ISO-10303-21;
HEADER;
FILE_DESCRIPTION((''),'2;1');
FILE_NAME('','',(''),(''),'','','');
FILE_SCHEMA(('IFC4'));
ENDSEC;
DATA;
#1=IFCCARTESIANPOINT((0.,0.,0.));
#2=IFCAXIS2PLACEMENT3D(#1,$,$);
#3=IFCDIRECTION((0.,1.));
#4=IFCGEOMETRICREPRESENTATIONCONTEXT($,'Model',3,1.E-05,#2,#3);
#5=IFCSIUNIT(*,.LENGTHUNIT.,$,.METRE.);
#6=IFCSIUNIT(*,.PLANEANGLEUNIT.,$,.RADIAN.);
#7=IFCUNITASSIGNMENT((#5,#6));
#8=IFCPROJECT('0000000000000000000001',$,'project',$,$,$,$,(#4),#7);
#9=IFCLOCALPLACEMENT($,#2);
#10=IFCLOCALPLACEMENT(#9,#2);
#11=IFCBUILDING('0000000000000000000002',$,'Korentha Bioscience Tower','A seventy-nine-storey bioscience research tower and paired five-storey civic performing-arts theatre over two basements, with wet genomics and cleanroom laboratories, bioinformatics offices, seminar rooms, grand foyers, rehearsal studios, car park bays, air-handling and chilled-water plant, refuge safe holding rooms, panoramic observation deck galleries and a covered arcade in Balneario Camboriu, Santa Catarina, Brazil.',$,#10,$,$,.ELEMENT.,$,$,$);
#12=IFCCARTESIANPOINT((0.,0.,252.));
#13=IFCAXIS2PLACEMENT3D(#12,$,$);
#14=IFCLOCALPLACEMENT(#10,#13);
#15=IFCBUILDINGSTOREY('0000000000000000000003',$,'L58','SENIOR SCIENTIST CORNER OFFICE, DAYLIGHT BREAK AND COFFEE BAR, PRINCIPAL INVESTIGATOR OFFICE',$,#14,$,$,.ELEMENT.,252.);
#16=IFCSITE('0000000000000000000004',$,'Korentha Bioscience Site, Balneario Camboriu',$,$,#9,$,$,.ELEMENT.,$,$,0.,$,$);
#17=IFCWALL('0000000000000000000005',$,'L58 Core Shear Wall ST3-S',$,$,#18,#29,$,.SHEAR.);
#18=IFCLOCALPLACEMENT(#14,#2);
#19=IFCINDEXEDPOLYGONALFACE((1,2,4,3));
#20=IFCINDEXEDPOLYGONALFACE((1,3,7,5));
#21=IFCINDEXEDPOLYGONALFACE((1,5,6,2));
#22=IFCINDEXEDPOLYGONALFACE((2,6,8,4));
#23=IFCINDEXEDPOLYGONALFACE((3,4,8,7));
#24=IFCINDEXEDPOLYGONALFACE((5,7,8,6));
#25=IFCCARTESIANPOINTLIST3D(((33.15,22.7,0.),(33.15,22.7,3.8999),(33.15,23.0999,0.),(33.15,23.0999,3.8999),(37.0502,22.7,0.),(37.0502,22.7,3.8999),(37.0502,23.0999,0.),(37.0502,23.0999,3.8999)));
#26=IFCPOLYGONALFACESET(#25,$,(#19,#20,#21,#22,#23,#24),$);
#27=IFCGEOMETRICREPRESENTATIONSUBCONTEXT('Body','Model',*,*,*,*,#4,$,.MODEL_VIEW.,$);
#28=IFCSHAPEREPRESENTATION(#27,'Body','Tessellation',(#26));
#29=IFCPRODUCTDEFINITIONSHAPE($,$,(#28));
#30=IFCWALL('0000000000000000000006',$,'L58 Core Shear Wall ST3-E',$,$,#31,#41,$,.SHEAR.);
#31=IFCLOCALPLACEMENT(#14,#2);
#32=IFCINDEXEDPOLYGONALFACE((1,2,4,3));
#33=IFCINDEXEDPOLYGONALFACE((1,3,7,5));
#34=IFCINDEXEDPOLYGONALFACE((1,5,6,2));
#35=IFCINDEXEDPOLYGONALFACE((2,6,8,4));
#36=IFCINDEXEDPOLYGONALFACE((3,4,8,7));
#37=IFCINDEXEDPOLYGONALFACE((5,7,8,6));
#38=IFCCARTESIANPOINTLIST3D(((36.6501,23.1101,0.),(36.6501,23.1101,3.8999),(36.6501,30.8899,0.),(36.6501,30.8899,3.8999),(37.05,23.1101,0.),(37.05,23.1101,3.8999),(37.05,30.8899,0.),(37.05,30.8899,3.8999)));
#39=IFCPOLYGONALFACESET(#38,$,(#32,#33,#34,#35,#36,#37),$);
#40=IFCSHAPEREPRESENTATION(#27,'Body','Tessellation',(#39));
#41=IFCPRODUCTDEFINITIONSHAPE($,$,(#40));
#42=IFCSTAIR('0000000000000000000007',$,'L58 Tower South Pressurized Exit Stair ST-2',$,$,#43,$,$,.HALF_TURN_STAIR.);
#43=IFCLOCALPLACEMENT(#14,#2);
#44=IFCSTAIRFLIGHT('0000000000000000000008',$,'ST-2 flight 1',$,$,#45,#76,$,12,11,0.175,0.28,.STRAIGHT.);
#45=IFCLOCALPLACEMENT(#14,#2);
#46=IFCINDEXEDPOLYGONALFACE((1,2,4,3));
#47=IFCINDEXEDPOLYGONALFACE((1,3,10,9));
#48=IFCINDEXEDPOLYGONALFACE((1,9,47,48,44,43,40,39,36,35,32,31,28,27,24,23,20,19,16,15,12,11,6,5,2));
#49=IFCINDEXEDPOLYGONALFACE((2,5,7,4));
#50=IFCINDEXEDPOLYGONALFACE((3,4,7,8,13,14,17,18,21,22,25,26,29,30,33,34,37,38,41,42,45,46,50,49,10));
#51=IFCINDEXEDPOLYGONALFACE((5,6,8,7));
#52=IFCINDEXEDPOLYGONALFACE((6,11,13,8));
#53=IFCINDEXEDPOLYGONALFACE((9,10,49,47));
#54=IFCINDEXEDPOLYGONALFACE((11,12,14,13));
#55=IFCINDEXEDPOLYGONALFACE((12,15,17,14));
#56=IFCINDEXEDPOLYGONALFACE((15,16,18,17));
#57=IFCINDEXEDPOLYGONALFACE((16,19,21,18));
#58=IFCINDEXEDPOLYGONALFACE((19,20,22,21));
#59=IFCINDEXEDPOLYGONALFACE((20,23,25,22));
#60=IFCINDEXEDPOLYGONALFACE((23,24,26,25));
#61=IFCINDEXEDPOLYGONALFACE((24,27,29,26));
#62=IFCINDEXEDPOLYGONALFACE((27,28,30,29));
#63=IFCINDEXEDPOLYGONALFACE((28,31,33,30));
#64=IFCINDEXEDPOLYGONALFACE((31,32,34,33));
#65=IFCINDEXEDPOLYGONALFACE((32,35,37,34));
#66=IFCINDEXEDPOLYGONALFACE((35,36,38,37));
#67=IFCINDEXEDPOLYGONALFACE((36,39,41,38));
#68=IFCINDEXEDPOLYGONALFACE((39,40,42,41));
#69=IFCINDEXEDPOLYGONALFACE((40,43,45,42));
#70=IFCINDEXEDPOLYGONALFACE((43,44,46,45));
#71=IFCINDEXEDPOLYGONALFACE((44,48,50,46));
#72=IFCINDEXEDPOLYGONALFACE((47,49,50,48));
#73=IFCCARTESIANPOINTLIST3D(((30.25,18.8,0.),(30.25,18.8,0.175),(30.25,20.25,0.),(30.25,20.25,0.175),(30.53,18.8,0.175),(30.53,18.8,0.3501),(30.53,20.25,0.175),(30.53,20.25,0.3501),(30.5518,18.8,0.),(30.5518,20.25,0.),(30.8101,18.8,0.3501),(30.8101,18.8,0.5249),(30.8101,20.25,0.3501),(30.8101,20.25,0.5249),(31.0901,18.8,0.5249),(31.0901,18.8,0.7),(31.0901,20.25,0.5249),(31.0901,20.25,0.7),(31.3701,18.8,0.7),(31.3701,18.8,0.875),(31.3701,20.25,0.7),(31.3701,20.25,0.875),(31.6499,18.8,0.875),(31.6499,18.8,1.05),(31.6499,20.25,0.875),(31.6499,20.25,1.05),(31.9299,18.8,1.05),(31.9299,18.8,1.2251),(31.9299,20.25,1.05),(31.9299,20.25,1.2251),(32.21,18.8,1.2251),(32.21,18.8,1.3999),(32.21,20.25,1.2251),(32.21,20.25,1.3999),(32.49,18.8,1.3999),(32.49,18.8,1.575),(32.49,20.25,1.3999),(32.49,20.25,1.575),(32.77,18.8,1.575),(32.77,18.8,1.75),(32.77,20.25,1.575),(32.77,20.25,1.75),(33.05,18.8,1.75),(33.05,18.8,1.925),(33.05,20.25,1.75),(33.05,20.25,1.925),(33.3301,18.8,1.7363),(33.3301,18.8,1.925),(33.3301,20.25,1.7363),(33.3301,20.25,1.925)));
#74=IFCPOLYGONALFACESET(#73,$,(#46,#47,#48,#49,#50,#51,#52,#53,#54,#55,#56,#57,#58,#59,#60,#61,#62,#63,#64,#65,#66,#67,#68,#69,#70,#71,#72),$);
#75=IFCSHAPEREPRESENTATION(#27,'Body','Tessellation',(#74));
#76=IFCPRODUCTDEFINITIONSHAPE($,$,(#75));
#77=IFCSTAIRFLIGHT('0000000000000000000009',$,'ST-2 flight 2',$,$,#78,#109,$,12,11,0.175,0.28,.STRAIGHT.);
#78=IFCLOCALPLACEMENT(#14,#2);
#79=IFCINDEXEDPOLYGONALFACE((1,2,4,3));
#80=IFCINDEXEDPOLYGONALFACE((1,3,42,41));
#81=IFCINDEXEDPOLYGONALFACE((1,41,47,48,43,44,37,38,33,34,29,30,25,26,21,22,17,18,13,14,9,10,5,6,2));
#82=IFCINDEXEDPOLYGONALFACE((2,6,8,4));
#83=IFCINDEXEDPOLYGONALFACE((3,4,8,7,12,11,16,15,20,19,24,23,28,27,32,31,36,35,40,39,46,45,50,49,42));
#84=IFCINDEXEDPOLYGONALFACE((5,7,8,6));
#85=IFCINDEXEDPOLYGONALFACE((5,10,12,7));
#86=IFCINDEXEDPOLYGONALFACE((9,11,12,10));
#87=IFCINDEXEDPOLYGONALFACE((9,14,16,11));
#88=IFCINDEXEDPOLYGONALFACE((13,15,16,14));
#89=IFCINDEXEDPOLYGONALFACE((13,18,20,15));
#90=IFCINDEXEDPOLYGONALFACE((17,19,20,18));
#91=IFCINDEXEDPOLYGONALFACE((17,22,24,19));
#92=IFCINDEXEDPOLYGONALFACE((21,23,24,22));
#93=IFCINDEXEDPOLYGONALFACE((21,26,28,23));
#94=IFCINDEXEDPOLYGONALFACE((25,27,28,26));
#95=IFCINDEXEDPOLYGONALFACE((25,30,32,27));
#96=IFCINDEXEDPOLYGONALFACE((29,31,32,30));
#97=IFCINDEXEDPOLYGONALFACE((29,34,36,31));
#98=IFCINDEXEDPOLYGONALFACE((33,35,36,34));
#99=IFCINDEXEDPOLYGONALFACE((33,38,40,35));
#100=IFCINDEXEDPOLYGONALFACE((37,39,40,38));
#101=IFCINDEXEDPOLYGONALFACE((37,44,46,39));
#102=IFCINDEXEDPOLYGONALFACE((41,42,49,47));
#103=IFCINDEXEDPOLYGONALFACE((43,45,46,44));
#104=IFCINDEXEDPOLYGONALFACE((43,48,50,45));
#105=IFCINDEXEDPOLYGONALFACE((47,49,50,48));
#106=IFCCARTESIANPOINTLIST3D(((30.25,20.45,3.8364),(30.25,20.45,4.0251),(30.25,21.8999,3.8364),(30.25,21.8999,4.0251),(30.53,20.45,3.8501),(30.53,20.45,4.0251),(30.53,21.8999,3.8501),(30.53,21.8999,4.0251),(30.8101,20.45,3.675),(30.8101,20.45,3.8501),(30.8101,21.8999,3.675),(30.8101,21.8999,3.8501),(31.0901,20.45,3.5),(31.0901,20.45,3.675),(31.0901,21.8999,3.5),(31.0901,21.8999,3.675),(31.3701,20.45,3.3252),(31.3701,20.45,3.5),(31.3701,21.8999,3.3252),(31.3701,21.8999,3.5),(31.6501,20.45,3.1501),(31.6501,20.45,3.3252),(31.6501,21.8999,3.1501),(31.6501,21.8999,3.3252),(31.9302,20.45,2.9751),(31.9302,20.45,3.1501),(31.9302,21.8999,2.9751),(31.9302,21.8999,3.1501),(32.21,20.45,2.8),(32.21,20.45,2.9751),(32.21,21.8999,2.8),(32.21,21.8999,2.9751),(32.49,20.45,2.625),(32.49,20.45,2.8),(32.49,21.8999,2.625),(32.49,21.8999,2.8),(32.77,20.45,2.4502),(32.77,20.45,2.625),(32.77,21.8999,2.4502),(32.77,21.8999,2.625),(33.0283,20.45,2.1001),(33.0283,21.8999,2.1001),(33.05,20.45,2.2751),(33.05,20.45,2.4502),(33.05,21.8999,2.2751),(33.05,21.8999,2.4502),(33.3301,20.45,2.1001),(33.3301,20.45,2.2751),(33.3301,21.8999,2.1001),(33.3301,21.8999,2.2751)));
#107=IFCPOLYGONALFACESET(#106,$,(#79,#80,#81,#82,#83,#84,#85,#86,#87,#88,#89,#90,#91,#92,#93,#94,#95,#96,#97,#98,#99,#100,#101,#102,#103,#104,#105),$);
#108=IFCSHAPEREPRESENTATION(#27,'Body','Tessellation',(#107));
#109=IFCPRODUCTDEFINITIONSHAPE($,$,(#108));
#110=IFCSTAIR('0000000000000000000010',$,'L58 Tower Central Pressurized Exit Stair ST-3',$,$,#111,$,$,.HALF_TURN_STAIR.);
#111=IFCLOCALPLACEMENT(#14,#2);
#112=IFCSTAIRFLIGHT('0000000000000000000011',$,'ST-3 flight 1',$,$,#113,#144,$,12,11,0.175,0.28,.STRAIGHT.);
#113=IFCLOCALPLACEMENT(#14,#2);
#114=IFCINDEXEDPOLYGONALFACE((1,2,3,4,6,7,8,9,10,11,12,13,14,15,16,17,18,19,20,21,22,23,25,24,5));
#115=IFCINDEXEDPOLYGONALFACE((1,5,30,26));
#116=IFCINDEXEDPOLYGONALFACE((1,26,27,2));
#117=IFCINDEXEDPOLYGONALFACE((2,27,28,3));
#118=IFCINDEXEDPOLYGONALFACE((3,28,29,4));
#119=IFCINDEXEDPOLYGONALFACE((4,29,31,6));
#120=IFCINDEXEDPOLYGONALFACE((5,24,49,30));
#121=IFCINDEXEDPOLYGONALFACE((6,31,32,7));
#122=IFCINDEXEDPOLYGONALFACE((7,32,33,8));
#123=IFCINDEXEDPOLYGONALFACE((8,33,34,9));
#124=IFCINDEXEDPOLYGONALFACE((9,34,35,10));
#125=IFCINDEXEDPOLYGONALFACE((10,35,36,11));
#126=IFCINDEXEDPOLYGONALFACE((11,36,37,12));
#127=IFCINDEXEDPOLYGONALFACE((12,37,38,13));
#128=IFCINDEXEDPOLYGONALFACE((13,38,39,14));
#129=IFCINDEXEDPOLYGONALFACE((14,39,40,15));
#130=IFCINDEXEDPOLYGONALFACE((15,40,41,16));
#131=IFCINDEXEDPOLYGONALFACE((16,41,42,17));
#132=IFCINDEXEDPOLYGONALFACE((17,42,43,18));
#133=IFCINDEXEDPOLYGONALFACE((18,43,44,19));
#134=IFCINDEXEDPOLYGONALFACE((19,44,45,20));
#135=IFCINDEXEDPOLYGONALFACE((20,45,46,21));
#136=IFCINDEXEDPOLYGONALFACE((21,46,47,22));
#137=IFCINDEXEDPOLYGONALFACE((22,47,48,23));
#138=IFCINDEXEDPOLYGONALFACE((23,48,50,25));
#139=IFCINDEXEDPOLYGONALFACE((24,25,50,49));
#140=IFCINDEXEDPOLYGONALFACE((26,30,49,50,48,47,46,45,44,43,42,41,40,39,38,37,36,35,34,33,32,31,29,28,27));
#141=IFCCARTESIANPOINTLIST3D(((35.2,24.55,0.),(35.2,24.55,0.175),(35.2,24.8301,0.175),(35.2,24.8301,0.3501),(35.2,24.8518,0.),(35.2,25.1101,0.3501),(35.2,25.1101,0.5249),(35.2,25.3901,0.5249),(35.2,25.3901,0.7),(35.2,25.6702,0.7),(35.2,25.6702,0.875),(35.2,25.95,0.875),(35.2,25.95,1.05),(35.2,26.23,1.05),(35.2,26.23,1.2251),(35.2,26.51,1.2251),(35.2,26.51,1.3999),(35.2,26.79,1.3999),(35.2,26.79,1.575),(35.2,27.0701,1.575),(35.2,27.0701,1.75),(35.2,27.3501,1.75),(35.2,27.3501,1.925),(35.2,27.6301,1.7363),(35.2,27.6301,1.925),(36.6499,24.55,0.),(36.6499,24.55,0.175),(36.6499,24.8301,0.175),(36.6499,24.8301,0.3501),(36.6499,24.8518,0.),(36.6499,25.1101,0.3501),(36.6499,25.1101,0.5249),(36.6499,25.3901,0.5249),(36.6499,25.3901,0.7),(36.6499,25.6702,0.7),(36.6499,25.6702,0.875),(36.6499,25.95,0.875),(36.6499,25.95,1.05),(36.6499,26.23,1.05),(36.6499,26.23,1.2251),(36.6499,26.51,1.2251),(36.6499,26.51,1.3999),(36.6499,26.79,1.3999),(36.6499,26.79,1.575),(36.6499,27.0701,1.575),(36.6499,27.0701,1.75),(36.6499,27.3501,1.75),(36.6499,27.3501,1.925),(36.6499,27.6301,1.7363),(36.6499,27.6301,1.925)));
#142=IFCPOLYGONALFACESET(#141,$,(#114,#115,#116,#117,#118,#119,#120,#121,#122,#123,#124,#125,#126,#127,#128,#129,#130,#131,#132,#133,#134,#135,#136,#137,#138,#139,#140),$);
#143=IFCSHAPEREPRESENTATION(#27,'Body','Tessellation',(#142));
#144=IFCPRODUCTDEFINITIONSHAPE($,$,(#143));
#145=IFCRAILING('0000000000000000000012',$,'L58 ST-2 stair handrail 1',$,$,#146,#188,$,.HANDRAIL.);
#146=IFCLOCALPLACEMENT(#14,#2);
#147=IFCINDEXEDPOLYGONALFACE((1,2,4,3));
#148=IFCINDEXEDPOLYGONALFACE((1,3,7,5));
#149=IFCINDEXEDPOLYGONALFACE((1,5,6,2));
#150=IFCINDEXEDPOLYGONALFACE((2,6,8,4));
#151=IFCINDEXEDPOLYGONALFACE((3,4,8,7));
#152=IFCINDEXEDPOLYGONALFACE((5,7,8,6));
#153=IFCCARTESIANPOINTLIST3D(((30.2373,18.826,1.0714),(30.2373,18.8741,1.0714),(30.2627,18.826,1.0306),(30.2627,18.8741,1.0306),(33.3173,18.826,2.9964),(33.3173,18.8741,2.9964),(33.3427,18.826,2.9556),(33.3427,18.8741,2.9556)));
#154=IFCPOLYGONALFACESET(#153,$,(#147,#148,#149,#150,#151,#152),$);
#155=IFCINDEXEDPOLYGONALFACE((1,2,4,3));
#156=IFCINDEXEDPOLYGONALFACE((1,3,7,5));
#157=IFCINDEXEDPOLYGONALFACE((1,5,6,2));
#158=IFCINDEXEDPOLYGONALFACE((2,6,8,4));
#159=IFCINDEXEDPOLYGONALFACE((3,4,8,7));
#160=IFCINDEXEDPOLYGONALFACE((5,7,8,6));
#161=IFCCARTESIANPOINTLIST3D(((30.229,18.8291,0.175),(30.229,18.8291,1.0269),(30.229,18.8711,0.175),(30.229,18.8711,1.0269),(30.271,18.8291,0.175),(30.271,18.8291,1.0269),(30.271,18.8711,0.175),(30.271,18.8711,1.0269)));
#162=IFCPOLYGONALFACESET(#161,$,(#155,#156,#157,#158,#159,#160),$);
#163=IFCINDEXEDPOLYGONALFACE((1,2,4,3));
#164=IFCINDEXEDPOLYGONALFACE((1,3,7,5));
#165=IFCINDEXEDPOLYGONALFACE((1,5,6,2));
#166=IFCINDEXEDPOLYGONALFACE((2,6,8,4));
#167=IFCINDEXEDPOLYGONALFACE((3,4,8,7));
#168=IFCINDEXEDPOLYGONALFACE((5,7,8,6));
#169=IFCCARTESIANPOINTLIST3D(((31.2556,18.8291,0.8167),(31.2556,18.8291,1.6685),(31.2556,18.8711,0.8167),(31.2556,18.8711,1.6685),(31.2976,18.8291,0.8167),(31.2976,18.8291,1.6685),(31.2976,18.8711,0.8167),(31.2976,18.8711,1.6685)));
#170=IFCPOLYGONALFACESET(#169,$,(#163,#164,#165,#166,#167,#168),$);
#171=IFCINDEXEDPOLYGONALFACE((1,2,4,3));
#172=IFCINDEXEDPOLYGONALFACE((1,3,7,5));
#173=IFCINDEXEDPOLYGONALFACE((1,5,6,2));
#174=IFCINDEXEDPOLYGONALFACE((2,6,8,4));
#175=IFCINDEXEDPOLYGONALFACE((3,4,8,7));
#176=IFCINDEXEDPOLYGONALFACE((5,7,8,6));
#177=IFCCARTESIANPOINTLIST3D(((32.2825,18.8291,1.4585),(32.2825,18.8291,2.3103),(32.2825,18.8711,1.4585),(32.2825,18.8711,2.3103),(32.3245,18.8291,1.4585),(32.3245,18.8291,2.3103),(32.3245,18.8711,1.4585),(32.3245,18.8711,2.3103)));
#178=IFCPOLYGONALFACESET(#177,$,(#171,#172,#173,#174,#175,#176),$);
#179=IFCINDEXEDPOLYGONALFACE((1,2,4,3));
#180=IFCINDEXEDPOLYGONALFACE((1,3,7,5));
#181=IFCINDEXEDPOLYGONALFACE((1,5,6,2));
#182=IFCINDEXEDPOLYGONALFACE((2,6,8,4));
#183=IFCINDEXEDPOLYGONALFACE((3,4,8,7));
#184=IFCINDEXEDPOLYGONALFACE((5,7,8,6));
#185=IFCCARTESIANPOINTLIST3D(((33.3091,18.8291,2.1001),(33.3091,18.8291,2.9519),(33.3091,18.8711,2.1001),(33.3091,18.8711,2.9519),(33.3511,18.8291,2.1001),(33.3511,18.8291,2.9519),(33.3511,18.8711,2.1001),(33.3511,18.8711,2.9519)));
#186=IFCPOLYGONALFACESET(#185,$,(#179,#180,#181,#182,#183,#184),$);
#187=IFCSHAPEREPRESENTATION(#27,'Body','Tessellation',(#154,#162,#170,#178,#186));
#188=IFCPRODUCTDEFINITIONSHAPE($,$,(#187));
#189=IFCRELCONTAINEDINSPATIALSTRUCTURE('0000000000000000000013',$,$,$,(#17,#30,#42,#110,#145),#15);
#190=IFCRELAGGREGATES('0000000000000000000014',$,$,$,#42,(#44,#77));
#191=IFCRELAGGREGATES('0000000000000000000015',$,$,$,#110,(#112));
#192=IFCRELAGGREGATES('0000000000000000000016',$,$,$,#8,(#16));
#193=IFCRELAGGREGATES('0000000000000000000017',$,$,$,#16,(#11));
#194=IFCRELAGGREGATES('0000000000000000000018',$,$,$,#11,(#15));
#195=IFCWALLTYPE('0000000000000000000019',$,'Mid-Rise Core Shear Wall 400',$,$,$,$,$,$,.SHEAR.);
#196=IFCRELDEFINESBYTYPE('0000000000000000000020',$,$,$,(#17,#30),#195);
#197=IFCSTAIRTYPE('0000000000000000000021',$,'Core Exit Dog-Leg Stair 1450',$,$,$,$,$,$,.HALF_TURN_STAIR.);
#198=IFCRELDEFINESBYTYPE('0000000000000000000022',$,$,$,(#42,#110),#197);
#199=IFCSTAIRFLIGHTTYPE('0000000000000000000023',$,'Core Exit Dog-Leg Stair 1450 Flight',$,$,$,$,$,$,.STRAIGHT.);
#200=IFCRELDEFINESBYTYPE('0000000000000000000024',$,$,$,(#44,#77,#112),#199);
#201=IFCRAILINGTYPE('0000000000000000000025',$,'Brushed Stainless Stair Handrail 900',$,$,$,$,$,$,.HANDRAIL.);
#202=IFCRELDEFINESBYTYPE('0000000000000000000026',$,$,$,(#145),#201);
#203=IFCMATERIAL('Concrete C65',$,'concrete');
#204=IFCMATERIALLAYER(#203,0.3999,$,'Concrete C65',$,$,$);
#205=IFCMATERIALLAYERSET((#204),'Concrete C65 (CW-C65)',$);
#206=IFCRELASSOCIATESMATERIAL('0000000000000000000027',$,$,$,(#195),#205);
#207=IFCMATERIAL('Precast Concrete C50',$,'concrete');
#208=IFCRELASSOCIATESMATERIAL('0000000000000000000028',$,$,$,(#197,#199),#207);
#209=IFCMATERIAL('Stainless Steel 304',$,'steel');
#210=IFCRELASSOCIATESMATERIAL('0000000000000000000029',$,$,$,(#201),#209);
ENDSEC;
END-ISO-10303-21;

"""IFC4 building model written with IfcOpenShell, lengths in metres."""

from ifc_helpers import new_model, si_unit, direction, frame, frame_2d, origin, origin_2d, place, context, subcontext, project, spatial, polyline, rectangle, outline, extrude, material, layer, layer_set, type_object, element, aggregate, save


model = new_model("IFC4")

# Units and contexts
model_context = context("Model", 3, precision=1e-05, world=origin(), true_north=direction((0.0, 1.0)))
body_context = subcontext(model_context, "Body", "Model", "MODEL_VIEW")
ifc_project = project(units=[si_unit("LENGTHUNIT", "METRE"), si_unit("PLANEANGLEUNIT", "RADIAN")], contexts=[model_context])

# Site, building, storey
site_placement = place(None, origin())
site = spatial("IfcSite", under=ifc_project, at=site_placement, Name="Korentha Bioscience Site, Balneario Camboriu", CompositionType="ELEMENT", RefElevation=0.0)
building_placement = place(site_placement, origin())
building = spatial("IfcBuilding", under=site, at=building_placement, Name="Korentha Bioscience Tower", Description="A seventy-nine-storey bioscience research tower and paired five-storey civic performing-arts theatre over two basements, with wet genomics and cleanroom laboratories, bioinformatics offices, seminar rooms, grand foyers, rehearsal studios, car park bays, air-handling and chilled-water plant, refuge safe holding rooms, panoramic observation deck galleries and a covered arcade in Balneario Camboriu, Santa Catarina, Brazil.", CompositionType="ELEMENT")
storey_placement = place(building_placement, frame((0.0, 0.0, 252.0)))
storey = spatial("IfcBuildingStorey", under=building, at=storey_placement, Name="L58", Description="SENIOR SCIENTIST CORNER OFFICE, DAYLIGHT BREAK AND COFFEE BAR, PRINCIPAL INVESTIGATOR OFFICE", CompositionType="ELEMENT", Elevation=252.0)

# Shared definitions
ifc_material_1 = material(Name="Concrete C65", Category="concrete")

# Walls
ifc_layer_1 = layer(ifc_material_1, 0.3999, Name="Concrete C65")
ifc_layer_set_1 = layer_set([ifc_layer_1], Name="Concrete C65 (CW-C65)")
wall_type_1 = type_object("IfcWallType", Name="Mid-Rise Core Shear Wall 400", PredefinedType="SHEAR", material=ifc_layer_set_1)
wall_1_placement = place(storey_placement, frame((33.1499, 22.8999, 0.0), z_axis=(0.0, 0.0, 1.0), x_axis=(1.0, 0.0, 0.0)))
element("IfcWall", 1, at=wall_1_placement, inside=storey, type_object=wall_type_1, Name="L58 Core Shear Wall ST3-S", PredefinedType="SHEAR", context=body_context, shape_type="SweptSolid", body=[
    extrude(rectangle(XDim=3.9001, YDim=0.3999, at=frame_2d((1.9502, 0.0))), origin(), (0.0, 0.0, 1.0), 3.8999),
])
wall_2_placement = place(storey_placement, frame((36.8501, 23.1101, 0.0), z_axis=(0.0, 0.0, 1.0), x_axis=(0.0, 1.0, 0.0)))
element("IfcWall", 2, at=wall_2_placement, inside=storey, type_object=wall_type_1, Name="L58 Core Shear Wall ST3-E", PredefinedType="SHEAR", context=body_context, shape_type="SweptSolid", body=[
    extrude(rectangle(XDim=7.7798, YDim=0.3999, at=frame_2d((3.8899, 0.0))), origin(), (0.0, 0.0, 1.0), 3.8999),
])

# Stair, stair flights
ifc_material_2 = material(Name="Precast Concrete C50", Category="concrete")
stair_type = type_object("IfcStairType", Name="Core Exit Dog-Leg Stair 1450", PredefinedType="HALF_TURN_STAIR", material=ifc_material_2)
stair_1_placement = place(storey_placement, origin())
stair_1 = element("IfcStair", 3, at=stair_1_placement, inside=storey, type_object=stair_type, Name="L58 Tower South Pressurized Exit Stair ST-2", PredefinedType="HALF_TURN_STAIR")
stair_flight_type = type_object("IfcStairFlightType", Name="Core Exit Dog-Leg Stair 1450 Flight", PredefinedType="STRAIGHT", material=ifc_material_2)
stair_flight_1_placement = place(storey_placement, frame((30.25, 19.5249, 0.0), z_axis=(0.0, 0.0, 1.0), x_axis=(1.0, 0.0, 0.0)))
stair_flight_1 = element("IfcStairFlight", 4, at=stair_flight_1_placement, type_object=stair_flight_type, Name="ST-2 flight 1", NumberOfRisers=12, NumberOfTreads=11, PredefinedType="STRAIGHT", RiserHeight=0.175, TreadLength=0.28, context=body_context, shape_type="SweptSolid", body=[
    extrude(outline(polyline([(0.0, 0.0), (0.0, 0.175), (0.28, 0.175), (0.28, 0.3501), (0.5601, 0.3501), (0.5601, 0.5249), (0.8401, 0.5249), (0.8401, 0.7), (1.1201, 0.7), (1.1201, 0.875), (1.3999, 0.875), (1.3999, 1.05), (1.6799, 1.05), (1.6799, 1.2251), (1.96, 1.2251), (1.96, 1.3999), (2.24, 1.3999), (2.24, 1.575), (2.52, 1.575), (2.52, 1.75), (2.8, 1.75), (2.8, 1.925), (3.0801, 1.925), (3.0801, 2.1001), (3.0801, 1.7363), (0.3018, 0.0), (0.0, 0.0)])), frame((0.0, 0.7251, 0.0), z_axis=(0.0, -1.0, 0.0), x_axis=(1.0, 0.0, 0.0)), (0.0, 0.0, 1.0), 1.45),
])
stair_flight_2_placement = place(storey_placement, frame((33.3301, 21.175, 2.1001), z_axis=(0.0, 0.0, 1.0), x_axis=(-1.0, 0.0, 0.0)))
stair_flight_2 = element("IfcStairFlight", 5, at=stair_flight_2_placement, type_object=stair_flight_type, Name="ST-2 flight 2", NumberOfRisers=12, NumberOfTreads=11, PredefinedType="STRAIGHT", RiserHeight=0.175, TreadLength=0.28, context=body_context, shape_type="SweptSolid", body=[
    extrude(outline(polyline([(0.0, 0.0), (0.0, 0.175), (0.28, 0.175), (0.28, 0.3501), (0.5601, 0.3501), (0.5601, 0.5249), (0.8401, 0.5249), (0.8401, 0.7), (1.1201, 0.7), (1.1201, 0.875), (1.3999, 0.875), (1.3999, 1.05), (1.6799, 1.05), (1.6799, 1.2251), (1.96, 1.2251), (1.96, 1.3999), (2.24, 1.3999), (2.24, 1.575), (2.52, 1.575), (2.52, 1.75), (2.8, 1.75), (2.8, 1.925), (3.0801, 1.925), (3.0801, 2.1001), (3.0801, 1.7363), (0.3018, 0.0), (0.0, 0.0)])), frame((0.0, 0.7251, 0.0), z_axis=(0.0, -1.0, 0.0), x_axis=(1.0, 0.0, 0.0)), (0.0, 0.0, 1.0), 1.45),
])
aggregate(stair_1, [stair_flight_1, stair_flight_2])

# Stair, stair flight
stair_2_placement = place(storey_placement, origin())
stair_2 = element("IfcStair", 6, at=stair_2_placement, inside=storey, type_object=stair_type, Name="L58 Tower Central Pressurized Exit Stair ST-3", PredefinedType="HALF_TURN_STAIR")
stair_flight_3_placement = place(storey_placement, frame((35.925, 24.55, 0.0), z_axis=(0.0, 0.0, 1.0), x_axis=(0.0, 1.0, 0.0)))
stair_flight_3 = element("IfcStairFlight", 7, at=stair_flight_3_placement, type_object=stair_flight_type, Name="ST-3 flight 1", NumberOfRisers=12, NumberOfTreads=11, PredefinedType="STRAIGHT", RiserHeight=0.175, TreadLength=0.28, context=body_context, shape_type="SweptSolid", body=[
    extrude(outline(polyline([(0.0, 0.0), (0.0, 0.175), (0.28, 0.175), (0.28, 0.3501), (0.5601, 0.3501), (0.5601, 0.5249), (0.8401, 0.5249), (0.8401, 0.7), (1.1201, 0.7), (1.1201, 0.875), (1.3999, 0.875), (1.3999, 1.05), (1.6799, 1.05), (1.6799, 1.2251), (1.96, 1.2251), (1.96, 1.3999), (2.24, 1.3999), (2.24, 1.575), (2.52, 1.575), (2.52, 1.75), (2.8, 1.75), (2.8, 1.925), (3.0801, 1.925), (3.0801, 2.1001), (3.0801, 1.7363), (0.3018, 0.0), (0.0, 0.0)])), frame((0.0, 0.7251, 0.0), z_axis=(0.0, -1.0, 0.0), x_axis=(1.0, 0.0, 0.0)), (0.0, 0.0, 1.0), 1.45),
])
aggregate(stair_2, [stair_flight_3])

# Railing
ifc_material_3 = material(Name="Stainless Steel 304", Category="steel")
railing_type_1 = type_object("IfcRailingType", Name="Brushed Stainless Stair Handrail 900", PredefinedType="HANDRAIL", material=ifc_material_3)
railing_1_placement = place(storey_placement, frame((30.25, 18.8501, 0.175)))
element("IfcRailing", 8, at=railing_1_placement, inside=storey, type_object=railing_type_1, Name="L58 ST-2 stair handrail 1", PredefinedType="HANDRAIL", context=body_context, shape_type="SweptSolid", body=[
    extrude(rectangle(XDim=0.0481, YDim=0.0481, at=origin_2d()), frame((0.0, 0.0, 0.876), z_axis=(0.847998, 0.0, 0.529999), x_axis=(0.0, 1.0, 0.0)), (0.0, 0.0, 1.0), 3.6321),
    extrude(rectangle(XDim=0.042, YDim=0.042, at=origin_2d()), origin(), (0.0, 0.0, 1.0), 0.8518),
    extrude(rectangle(XDim=0.042, YDim=0.042, at=origin_2d()), frame((1.0266, 0.0, 0.6416)), (0.0, 0.0, 1.0), 0.8518),
    extrude(rectangle(XDim=0.042, YDim=0.042, at=origin_2d()), frame((2.0535, 0.0, 1.2834)), (0.0, 0.0, 1.0), 0.8518),
    extrude(rectangle(XDim=0.042, YDim=0.042, at=origin_2d()), frame((3.0801, 0.0, 1.925)), (0.0, 0.0, 1.0), 0.8518),
])

save(model, "model.ifc")
